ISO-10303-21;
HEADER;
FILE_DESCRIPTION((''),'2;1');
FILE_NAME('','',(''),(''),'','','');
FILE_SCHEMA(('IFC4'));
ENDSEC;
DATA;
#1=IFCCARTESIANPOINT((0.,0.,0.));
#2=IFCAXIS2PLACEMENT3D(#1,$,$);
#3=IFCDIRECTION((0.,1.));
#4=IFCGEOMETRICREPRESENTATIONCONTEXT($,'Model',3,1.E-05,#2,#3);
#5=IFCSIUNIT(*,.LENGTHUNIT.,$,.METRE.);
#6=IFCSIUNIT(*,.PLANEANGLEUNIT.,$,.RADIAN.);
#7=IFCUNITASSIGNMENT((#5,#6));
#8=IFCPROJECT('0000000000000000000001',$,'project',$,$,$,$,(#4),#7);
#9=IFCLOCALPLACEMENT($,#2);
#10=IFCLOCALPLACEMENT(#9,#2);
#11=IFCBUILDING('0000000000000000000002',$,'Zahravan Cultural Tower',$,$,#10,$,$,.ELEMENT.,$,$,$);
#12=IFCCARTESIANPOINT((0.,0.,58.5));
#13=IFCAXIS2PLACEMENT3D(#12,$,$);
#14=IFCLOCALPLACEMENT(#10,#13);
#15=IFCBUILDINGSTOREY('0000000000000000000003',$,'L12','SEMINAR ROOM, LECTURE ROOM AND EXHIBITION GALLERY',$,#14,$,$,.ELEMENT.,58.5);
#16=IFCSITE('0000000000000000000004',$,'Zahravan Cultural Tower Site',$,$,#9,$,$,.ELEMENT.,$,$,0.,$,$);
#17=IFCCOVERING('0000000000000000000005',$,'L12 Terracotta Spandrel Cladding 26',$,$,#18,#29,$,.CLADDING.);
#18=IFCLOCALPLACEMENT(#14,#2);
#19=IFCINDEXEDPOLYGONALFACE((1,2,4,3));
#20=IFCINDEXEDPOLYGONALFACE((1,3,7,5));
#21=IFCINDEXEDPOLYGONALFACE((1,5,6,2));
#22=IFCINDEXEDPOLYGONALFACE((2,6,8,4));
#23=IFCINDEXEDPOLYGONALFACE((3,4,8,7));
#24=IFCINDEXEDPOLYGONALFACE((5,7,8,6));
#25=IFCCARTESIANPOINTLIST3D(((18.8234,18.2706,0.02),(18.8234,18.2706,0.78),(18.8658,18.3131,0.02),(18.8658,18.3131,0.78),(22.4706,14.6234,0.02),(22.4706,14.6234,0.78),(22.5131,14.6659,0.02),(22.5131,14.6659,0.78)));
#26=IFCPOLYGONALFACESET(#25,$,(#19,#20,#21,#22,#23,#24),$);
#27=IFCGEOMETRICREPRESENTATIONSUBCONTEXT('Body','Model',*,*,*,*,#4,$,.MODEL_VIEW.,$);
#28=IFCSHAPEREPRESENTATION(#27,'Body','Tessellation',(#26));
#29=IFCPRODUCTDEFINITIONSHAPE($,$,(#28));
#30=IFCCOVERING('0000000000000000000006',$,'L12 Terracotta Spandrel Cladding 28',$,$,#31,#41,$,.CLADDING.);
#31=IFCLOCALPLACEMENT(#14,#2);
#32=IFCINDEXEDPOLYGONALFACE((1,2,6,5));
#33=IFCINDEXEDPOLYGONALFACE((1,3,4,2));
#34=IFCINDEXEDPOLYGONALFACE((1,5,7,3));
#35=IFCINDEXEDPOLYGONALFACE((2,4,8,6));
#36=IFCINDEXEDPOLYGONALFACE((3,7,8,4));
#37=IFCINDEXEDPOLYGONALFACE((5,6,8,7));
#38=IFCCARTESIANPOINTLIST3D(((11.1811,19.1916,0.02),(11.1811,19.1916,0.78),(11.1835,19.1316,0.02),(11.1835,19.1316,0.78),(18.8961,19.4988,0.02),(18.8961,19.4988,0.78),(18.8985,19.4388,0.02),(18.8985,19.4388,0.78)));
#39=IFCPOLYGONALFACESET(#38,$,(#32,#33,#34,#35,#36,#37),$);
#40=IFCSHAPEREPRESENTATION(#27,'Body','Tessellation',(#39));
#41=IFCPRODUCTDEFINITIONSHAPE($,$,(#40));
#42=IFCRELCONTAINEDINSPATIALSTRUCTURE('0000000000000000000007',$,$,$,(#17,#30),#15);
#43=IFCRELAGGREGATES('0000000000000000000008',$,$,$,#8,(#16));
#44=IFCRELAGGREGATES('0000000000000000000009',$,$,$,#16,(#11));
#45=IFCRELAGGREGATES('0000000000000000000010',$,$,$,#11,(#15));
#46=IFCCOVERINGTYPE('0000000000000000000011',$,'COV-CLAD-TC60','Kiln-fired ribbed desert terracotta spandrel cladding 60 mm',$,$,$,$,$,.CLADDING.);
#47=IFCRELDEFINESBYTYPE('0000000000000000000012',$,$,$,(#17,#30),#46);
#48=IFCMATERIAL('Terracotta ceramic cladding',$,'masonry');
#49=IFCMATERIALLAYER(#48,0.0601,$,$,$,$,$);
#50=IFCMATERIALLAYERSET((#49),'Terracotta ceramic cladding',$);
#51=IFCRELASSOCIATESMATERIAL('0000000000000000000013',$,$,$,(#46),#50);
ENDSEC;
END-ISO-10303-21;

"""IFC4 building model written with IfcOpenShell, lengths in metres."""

from ifc_helpers import new_model, si_unit, direction, frame, origin, origin_2d, place, context, subcontext, project, spatial, rectangle, extrude, source, transform, mapped, material, layer, layer_set, type_object, element, save


model = new_model("IFC4")

# Units and contexts
model_context = context("Model", 3, precision=1e-05, world=origin(), true_north=direction((0.0, 1.0)))
body_context = subcontext(model_context, "Body", "Model", "MODEL_VIEW")
ifc_project = project(units=[si_unit("LENGTHUNIT", "METRE"), si_unit("PLANEANGLEUNIT", "RADIAN")], contexts=[model_context])

# Site, building, storey
site_placement = place(None, origin())
site = spatial("IfcSite", under=ifc_project, at=site_placement, Name="Zahravan Cultural Tower Site", CompositionType="ELEMENT", RefElevation=0.0)
building_placement = place(site_placement, origin())
building = spatial("IfcBuilding", under=site, at=building_placement, Name="Zahravan Cultural Tower", CompositionType="ELEMENT")
storey_placement = place(building_placement, frame((0.0, 0.0, 58.5)))
storey = spatial("IfcBuildingStorey", under=building, at=storey_placement, Name="L12", Description="SEMINAR ROOM, LECTURE ROOM AND EXHIBITION GALLERY", CompositionType="ELEMENT", Elevation=58.5)

# Coverings
ifc_material_1 = material(Name="Terracotta ceramic cladding", Category="masonry")
ifc_layer_1 = layer(ifc_material_1, 0.0601)
ifc_layer_set_1 = layer_set([ifc_layer_1], Name="Terracotta ceramic cladding")
covering_type_1 = type_object("IfcCoveringType", Name="COV-CLAD-TC60", Description="Kiln-fired ribbed desert terracotta spandrel cladding 60 mm", PredefinedType="CLADDING", material=ifc_layer_set_1)
shared_shape_1 = source(origin(), body_context, "Body", "SweptSolid", [
    extrude(rectangle(XDim=5.158, YDim=0.0601, at=origin_2d()), origin(), (0.0, 0.0, 1.0), 0.76),
])
covering_1_placement = place(storey_placement, frame((20.6682, 16.4683, 0.02), z_axis=(0.0, 0.0, 1.0), x_axis=(-0.707107, 0.707107, 0.0)))
element("IfcCovering", 1, at=covering_1_placement, inside=storey, type_object=covering_type_1, Name="L12 Terracotta Spandrel Cladding 26", PredefinedType="CLADDING", context=body_context, shape_type="MappedRepresentation", body=[
    mapped(shared_shape_1, transform((0.0, 0.0, 0.0), x_axis=(1.0, 0.0, 0.0), y_axis=(0.0, 1.0, 0.0), z_axis=(0.0, 0.0, 1.0), scale=1.0)),
])
shared_shape_2 = source(origin(), body_context, "Body", "SweptSolid", [
    extrude(rectangle(XDim=7.7212, YDim=0.0601, at=origin_2d()), origin(), (0.0, 0.0, 1.0), 0.76),
])
covering_2_placement = place(storey_placement, frame((15.0398, 19.3152, 0.02), z_axis=(0.0, 0.0, 1.0), x_axis=(-0.999208, -0.039783, 0.0)))
element("IfcCovering", 2, at=covering_2_placement, inside=storey, type_object=covering_type_1, Name="L12 Terracotta Spandrel Cladding 28", PredefinedType="CLADDING", context=body_context, shape_type="MappedRepresentation", body=[
    mapped(shared_shape_2, transform((0.0, 0.0, 0.0), x_axis=(1.0, 0.0, 0.0), y_axis=(0.0, 1.0, 0.0), z_axis=(0.0, 0.0, 1.0), scale=1.0)),
])

save(model, "model.ifc")
